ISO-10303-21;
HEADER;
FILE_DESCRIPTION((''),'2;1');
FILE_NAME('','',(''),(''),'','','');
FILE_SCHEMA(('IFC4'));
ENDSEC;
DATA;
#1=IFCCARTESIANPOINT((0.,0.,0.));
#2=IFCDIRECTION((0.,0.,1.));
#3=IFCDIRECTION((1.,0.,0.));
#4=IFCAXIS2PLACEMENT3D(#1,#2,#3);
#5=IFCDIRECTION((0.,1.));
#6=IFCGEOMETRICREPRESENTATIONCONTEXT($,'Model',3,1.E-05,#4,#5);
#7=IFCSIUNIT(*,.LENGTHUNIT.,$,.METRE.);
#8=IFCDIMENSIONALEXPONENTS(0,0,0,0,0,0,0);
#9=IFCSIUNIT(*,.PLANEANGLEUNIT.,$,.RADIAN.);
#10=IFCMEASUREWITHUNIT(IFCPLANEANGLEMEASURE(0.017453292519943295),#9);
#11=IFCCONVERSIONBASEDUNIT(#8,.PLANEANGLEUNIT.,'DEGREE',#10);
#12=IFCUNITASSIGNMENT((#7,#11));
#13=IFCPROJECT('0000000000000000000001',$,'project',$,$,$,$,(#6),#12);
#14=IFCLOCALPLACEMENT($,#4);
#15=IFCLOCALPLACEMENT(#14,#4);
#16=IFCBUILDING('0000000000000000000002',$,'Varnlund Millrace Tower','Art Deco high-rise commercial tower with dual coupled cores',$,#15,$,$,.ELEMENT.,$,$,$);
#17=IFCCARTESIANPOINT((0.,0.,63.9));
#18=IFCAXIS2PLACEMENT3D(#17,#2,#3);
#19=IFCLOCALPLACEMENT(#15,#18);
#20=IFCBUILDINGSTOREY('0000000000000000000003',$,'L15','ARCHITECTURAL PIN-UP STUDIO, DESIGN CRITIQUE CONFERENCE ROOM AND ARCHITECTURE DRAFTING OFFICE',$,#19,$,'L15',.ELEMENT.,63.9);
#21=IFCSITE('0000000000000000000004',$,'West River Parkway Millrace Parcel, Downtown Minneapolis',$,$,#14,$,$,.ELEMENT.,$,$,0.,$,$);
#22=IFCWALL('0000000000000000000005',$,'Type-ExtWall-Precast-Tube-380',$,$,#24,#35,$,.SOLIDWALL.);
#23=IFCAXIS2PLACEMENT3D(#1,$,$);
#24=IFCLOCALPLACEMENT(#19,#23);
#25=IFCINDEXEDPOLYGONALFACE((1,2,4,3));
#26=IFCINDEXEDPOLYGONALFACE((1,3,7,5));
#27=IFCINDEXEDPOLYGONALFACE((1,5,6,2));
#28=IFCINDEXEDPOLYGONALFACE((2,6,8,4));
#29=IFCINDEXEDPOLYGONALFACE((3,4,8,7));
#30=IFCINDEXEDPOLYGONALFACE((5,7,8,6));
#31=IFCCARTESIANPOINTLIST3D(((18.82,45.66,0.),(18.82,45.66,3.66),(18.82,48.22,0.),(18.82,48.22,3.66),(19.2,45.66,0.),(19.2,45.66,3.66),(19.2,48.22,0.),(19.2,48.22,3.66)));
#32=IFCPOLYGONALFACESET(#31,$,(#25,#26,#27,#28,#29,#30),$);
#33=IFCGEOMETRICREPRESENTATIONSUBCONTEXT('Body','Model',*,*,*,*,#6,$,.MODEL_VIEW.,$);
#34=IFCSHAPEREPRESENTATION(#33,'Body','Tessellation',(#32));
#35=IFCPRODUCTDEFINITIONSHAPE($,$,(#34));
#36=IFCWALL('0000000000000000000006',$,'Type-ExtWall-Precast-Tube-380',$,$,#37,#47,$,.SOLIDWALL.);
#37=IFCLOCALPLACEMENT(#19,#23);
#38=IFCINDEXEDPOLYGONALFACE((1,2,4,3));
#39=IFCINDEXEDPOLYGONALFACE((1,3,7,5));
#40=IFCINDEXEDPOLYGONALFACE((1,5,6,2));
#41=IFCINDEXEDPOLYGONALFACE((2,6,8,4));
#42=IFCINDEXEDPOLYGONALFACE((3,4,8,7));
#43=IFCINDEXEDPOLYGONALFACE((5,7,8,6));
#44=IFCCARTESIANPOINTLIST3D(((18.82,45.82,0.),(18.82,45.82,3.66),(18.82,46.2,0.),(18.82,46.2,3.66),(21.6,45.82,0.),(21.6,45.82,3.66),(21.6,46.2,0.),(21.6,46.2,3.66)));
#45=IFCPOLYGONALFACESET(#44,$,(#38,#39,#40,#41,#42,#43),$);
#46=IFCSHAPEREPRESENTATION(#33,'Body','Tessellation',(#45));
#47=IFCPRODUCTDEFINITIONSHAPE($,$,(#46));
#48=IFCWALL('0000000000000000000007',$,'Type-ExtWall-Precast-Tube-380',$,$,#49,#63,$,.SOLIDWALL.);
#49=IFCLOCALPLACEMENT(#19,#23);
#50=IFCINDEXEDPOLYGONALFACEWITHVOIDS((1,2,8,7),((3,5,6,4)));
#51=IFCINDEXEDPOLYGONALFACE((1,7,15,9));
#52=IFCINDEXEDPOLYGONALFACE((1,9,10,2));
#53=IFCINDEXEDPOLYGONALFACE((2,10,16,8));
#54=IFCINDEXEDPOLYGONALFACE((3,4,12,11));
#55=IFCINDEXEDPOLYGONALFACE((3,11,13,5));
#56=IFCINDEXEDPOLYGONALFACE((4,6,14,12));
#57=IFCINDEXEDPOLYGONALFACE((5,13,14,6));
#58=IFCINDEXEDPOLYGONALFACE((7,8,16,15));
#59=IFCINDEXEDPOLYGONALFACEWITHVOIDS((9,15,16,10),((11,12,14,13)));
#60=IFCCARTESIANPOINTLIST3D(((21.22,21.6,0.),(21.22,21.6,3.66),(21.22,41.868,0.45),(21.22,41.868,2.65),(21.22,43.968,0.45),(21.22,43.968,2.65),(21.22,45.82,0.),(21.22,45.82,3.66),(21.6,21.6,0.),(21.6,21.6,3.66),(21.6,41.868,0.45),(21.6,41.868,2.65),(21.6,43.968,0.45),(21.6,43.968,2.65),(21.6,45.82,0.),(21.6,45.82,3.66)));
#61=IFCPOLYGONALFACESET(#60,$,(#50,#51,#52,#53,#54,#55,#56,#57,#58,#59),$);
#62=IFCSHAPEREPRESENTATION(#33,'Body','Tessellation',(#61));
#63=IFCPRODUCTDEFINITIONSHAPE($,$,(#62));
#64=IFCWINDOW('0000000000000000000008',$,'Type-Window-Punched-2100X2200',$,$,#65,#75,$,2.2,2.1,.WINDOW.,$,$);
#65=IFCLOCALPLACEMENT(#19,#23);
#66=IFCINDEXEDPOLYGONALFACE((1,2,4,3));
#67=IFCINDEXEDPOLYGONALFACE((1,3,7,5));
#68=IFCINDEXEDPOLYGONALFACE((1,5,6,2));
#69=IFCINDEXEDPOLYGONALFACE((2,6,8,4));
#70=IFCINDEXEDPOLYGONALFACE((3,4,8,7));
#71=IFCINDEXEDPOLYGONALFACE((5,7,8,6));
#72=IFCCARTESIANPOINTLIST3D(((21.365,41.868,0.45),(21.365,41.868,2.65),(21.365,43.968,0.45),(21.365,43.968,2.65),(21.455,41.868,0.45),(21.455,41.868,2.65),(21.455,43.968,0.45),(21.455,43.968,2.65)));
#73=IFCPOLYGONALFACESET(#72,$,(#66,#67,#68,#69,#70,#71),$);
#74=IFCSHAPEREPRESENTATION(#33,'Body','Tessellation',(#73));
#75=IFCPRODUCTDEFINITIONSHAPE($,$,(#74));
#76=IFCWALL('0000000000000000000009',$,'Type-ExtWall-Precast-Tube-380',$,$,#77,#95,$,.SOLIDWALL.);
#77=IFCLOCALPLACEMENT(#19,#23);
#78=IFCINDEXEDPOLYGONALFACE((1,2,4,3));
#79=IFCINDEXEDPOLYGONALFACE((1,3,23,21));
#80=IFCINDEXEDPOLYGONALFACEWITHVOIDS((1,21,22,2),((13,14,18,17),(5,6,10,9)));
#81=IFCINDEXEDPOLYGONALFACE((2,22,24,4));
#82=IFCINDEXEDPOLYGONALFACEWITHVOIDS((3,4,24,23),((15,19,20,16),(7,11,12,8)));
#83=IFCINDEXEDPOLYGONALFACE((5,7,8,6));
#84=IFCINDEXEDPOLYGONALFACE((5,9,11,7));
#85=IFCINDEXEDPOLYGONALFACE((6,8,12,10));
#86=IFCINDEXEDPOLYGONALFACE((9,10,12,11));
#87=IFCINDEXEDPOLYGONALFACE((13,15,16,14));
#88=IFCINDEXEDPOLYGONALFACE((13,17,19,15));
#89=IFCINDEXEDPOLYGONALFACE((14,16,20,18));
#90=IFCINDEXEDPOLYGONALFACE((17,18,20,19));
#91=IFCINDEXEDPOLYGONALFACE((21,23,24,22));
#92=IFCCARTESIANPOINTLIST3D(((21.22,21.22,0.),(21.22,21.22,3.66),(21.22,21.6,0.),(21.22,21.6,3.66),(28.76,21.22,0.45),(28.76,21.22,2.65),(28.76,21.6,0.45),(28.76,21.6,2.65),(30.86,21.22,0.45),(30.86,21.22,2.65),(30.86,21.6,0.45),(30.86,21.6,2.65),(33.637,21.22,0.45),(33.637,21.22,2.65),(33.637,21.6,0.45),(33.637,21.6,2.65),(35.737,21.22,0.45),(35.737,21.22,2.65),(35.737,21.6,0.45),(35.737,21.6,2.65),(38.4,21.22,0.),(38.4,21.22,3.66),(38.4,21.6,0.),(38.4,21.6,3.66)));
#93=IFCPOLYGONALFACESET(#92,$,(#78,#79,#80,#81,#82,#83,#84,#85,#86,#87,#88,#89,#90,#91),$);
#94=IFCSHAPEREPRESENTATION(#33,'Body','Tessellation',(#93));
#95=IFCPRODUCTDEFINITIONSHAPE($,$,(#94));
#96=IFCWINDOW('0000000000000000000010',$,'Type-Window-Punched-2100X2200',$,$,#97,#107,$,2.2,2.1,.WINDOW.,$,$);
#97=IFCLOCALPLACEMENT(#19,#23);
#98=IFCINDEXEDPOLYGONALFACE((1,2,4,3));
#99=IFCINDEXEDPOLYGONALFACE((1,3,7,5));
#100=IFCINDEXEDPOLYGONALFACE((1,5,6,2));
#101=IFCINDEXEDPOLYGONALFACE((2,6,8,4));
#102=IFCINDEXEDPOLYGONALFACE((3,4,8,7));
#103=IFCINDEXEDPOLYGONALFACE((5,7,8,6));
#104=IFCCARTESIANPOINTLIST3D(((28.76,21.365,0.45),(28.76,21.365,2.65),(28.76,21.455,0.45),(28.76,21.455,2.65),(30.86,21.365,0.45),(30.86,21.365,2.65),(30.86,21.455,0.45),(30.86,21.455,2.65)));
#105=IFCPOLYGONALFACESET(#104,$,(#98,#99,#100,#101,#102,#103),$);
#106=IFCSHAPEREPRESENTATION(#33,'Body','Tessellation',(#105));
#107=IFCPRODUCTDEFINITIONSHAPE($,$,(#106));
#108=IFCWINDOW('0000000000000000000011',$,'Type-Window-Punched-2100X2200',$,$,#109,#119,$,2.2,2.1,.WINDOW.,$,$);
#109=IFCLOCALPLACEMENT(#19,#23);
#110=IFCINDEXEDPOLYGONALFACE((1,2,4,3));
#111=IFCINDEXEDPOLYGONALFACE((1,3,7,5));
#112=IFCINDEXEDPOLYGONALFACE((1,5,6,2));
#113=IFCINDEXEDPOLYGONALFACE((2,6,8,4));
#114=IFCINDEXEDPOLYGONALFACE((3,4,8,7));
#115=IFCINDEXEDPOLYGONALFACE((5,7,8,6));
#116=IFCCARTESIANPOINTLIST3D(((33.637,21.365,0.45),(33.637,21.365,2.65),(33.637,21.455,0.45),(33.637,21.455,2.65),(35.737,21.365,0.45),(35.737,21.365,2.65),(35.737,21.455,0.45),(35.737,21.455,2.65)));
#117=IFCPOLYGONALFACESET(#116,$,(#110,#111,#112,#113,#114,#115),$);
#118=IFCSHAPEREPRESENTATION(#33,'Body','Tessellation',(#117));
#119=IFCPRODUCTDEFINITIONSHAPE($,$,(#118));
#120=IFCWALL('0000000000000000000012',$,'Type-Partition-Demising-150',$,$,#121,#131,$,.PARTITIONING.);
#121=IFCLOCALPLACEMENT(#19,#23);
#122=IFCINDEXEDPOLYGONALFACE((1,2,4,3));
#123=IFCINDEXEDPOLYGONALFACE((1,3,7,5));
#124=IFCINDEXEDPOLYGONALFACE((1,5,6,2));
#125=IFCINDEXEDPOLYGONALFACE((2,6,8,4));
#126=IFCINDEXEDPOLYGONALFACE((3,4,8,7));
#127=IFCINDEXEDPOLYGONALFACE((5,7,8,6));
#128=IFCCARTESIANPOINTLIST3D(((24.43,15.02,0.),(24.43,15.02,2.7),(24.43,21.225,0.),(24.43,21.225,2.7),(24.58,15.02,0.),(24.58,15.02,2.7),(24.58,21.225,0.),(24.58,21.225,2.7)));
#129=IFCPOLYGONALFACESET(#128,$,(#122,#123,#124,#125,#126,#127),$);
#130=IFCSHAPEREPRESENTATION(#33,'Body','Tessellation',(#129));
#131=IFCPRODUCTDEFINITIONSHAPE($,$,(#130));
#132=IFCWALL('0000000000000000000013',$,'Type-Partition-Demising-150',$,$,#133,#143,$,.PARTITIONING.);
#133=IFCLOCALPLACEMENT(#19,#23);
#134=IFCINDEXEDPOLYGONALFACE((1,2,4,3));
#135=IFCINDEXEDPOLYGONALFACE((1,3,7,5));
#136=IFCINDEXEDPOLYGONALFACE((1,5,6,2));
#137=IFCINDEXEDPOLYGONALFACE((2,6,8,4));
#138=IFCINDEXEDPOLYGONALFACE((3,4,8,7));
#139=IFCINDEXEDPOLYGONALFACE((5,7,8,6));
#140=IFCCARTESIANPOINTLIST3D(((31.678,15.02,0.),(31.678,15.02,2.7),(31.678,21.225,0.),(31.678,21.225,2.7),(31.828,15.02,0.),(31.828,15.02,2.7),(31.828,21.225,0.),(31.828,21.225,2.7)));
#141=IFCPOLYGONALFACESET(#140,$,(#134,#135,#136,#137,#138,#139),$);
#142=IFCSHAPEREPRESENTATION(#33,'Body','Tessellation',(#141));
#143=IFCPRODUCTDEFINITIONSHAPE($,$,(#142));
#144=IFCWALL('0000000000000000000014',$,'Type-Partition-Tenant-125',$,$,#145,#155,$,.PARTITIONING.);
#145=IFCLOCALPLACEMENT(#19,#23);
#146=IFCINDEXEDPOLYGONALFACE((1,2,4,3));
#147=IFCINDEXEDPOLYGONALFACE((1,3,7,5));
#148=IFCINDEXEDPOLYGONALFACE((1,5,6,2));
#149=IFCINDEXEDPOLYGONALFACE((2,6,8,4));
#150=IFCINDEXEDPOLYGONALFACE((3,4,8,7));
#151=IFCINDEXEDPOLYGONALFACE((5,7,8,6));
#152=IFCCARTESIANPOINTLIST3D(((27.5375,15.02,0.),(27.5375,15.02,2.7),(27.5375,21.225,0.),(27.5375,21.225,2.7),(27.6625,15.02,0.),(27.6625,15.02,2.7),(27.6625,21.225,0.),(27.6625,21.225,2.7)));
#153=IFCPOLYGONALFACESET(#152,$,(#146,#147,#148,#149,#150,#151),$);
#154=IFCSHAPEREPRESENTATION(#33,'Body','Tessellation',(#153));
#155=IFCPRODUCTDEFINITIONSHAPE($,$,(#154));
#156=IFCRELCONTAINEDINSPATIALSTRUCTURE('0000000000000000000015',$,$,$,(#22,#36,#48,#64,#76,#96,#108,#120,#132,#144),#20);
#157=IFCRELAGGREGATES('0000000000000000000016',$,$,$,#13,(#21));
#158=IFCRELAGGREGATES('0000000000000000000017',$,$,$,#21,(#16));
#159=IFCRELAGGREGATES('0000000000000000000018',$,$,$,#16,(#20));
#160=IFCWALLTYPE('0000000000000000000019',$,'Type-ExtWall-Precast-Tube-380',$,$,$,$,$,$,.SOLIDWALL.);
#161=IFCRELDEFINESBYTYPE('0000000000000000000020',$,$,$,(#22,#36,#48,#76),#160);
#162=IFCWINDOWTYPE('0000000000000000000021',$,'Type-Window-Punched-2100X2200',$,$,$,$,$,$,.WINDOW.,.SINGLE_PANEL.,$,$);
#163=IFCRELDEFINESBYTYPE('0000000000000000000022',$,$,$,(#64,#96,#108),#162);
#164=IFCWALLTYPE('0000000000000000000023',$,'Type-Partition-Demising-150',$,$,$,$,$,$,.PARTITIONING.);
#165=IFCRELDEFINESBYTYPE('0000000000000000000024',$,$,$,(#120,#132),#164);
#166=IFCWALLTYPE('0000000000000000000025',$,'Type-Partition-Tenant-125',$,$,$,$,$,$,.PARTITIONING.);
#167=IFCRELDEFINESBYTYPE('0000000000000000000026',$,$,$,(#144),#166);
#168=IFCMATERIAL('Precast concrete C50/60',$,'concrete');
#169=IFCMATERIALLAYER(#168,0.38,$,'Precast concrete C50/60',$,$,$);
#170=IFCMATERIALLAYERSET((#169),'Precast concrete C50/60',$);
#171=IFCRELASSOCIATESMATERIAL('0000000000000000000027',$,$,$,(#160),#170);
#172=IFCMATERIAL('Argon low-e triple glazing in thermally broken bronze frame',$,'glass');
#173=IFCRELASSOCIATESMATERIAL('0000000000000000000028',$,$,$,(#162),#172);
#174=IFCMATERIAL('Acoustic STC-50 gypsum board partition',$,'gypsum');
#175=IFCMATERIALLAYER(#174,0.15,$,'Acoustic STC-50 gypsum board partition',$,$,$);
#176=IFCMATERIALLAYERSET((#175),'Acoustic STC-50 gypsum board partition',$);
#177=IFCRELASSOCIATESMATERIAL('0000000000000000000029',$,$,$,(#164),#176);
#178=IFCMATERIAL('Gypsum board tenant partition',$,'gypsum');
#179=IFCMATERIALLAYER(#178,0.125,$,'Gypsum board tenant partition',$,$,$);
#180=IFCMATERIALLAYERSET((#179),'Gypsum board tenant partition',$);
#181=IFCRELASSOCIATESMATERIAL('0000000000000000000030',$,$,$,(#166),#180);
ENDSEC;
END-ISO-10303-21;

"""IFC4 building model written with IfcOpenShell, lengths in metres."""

from ifc_helpers import new_model, entity, si_unit, converted_unit, direction, frame, origin_with_axes, origin_2d_with_axis, place, context, subcontext, project, spatial, polyline, rectangle, outline, extrude, material, layer, layer_set, type_object, element, fill, save


model = new_model("IFC4")

# Units and contexts
model_context = context("Model", 3, precision=1e-05, world=origin_with_axes(), true_north=direction((0.0, 1.0)))
body_context = subcontext(model_context, "Body", "Model", "MODEL_VIEW")
ifc_project = project(units=[si_unit("LENGTHUNIT", "METRE"), converted_unit("PLANEANGLEUNIT", "DEGREE", entity("IfcPlaneAngleMeasure", 0.017453292519943295), si_unit("PLANEANGLEUNIT", "RADIAN"), dimensions=[0, 0, 0, 0, 0, 0, 0])], contexts=[model_context])

# Site, building, storey
site_placement = place(None, origin_with_axes())
site = spatial("IfcSite", under=ifc_project, at=site_placement, Name="West River Parkway Millrace Parcel, Downtown Minneapolis", CompositionType="ELEMENT", RefElevation=0.0)
building_placement = place(site_placement, origin_with_axes())
building = spatial("IfcBuilding", under=site, at=building_placement, Name="Varnlund Millrace Tower", Description="Art Deco high-rise commercial tower with dual coupled cores", CompositionType="ELEMENT")
storey_placement = place(building_placement, frame((0.0, 0.0, 63.9), z_axis=(0.0, 0.0, 1.0), x_axis=(1.0, 0.0, 0.0)))
storey = spatial("IfcBuildingStorey", under=building, at=storey_placement, Name="L15", Description="ARCHITECTURAL PIN-UP STUDIO, DESIGN CRITIQUE CONFERENCE ROOM AND ARCHITECTURE DRAFTING OFFICE", LongName="L15", CompositionType="ELEMENT", Elevation=63.9)

# Shared definitions
ifc_material_1 = material(Name="Precast concrete C50/60", Category="concrete")
ifc_layer_1 = layer(ifc_material_1, 0.38, Name="Precast concrete C50/60")
ifc_layer_set_1 = layer_set([ifc_layer_1], Name="Precast concrete C50/60")
wall_type_1 = type_object("IfcWallType", Name="Type-ExtWall-Precast-Tube-380", PredefinedType="SOLIDWALL", material=ifc_layer_set_1)

# Shared definitions
ifc_material_2 = material(Name="Argon low-e triple glazing in thermally broken bronze frame", Category="glass")
window_type = type_object("IfcWindowType", Name="Type-Window-Punched-2100X2200", PartitioningType="SINGLE_PANEL", PredefinedType="WINDOW", material=ifc_material_2)

# Walls
wall_1_placement = place(storey_placement, frame((19.01, 48.22, 0.0), z_axis=(0.0, 0.0, 1.0), x_axis=(0.0, -1.0, 0.0)))
element("IfcWall", 1, at=wall_1_placement, inside=storey, type_object=wall_type_1, Name="Type-ExtWall-Precast-Tube-380", PredefinedType="SOLIDWALL", context=body_context, shape_type="SweptSolid", body=[
    extrude(outline(polyline([(0.0, -0.19), (2.56, -0.19), (2.56, 0.19), (0.0, 0.19), (0.0, -0.19)])), origin_with_axes(), (0.0, 0.0, 1.0), 3.66),
])
wall_2_placement = place(storey_placement, frame((18.82, 46.01, 0.0), z_axis=(0.0, 0.0, 1.0), x_axis=(1.0, 0.0, 0.0)))
element("IfcWall", 2, at=wall_2_placement, inside=storey, type_object=wall_type_1, Name="Type-ExtWall-Precast-Tube-380", PredefinedType="SOLIDWALL", context=body_context, shape_type="SweptSolid", body=[
    extrude(outline(polyline([(0.0, -0.19), (2.78, -0.19), (2.78, 0.19), (0.0, 0.19), (0.0, -0.19)])), origin_with_axes(), (0.0, 0.0, 1.0), 3.66),
])

# Wall, opening, window
wall_3_placement = place(storey_placement, frame((21.41, 45.82, 0.0), z_axis=(0.0, 0.0, 1.0), x_axis=(0.0, -1.0, 0.0)))
wall_3 = element("IfcWall", 3, at=wall_3_placement, inside=storey, type_object=wall_type_1, Name="Type-ExtWall-Precast-Tube-380", PredefinedType="SOLIDWALL", context=body_context, shape_type="SweptSolid", body=[
    extrude(outline(polyline([(0.0, -0.19), (24.22, -0.19), (24.22, 0.19), (0.0, 0.19), (0.0, -0.19)])), origin_with_axes(), (0.0, 0.0, 1.0), 3.66),
])
opening_1_placement = place(wall_3_placement, frame((2.902, 0.0, 0.45), z_axis=(0.0, 0.0, 1.0), x_axis=(1.0, 0.0, 0.0)))
opening_1 = element("IfcOpeningElement", 4, at=opening_1_placement, cuts=wall_3, PredefinedType="OPENING", context=body_context, shape_type="SweptSolid", body=[
    extrude(rectangle(XDim=2.1, YDim=0.4, at=origin_2d_with_axis()), origin_with_axes(), (0.0, 0.0, 1.0), 2.2),
])
window_1_placement = place(wall_3_placement, frame((2.902, 0.0, 0.45), z_axis=(0.0, 0.0, 1.0), x_axis=(1.0, 0.0, 0.0)))
window_1 = element("IfcWindow", 5, at=window_1_placement, inside=storey, type_object=window_type, Name="Type-Window-Punched-2100X2200", OverallHeight=2.2, OverallWidth=2.1, PredefinedType="WINDOW", context=body_context, shape_type="SweptSolid", body=[
    extrude(rectangle(XDim=2.1, YDim=0.09, at=origin_2d_with_axis()), origin_with_axes(), (0.0, 0.0, 1.0), 2.2),
])
fill(opening_1, window_1)

# Wall, openings, windows
wall_4_placement = place(storey_placement, frame((21.22, 21.41, 0.0), z_axis=(0.0, 0.0, 1.0), x_axis=(1.0, 0.0, 0.0)))
wall_4 = element("IfcWall", 6, at=wall_4_placement, inside=storey, type_object=wall_type_1, Name="Type-ExtWall-Precast-Tube-380", PredefinedType="SOLIDWALL", context=body_context, shape_type="SweptSolid", body=[
    extrude(outline(polyline([(0.0, -0.19), (17.18, -0.19), (17.18, 0.19), (0.0, 0.19), (0.0, -0.19)])), origin_with_axes(), (0.0, 0.0, 1.0), 3.66),
])
opening_2_placement = place(wall_4_placement, frame((8.59, 0.0, 0.45), z_axis=(0.0, 0.0, 1.0), x_axis=(1.0, 0.0, 0.0)))
opening_2 = element("IfcOpeningElement", 7, at=opening_2_placement, cuts=wall_4, PredefinedType="OPENING", context=body_context, shape_type="SweptSolid", body=[
    extrude(rectangle(XDim=2.1, YDim=0.4, at=origin_2d_with_axis()), origin_with_axes(), (0.0, 0.0, 1.0), 2.2),
])
opening_3_placement = place(wall_4_placement, frame((13.467, 0.0, 0.45), z_axis=(0.0, 0.0, 1.0), x_axis=(1.0, 0.0, 0.0)))
opening_3 = element("IfcOpeningElement", 8, at=opening_3_placement, cuts=wall_4, PredefinedType="OPENING", context=body_context, shape_type="SweptSolid", body=[
    extrude(rectangle(XDim=2.1, YDim=0.4, at=origin_2d_with_axis()), origin_with_axes(), (0.0, 0.0, 1.0), 2.2),
])
window_2_placement = place(wall_4_placement, frame((8.59, 0.0, 0.45), z_axis=(0.0, 0.0, 1.0), x_axis=(1.0, 0.0, 0.0)))
window_2 = element("IfcWindow", 9, at=window_2_placement, inside=storey, type_object=window_type, Name="Type-Window-Punched-2100X2200", OverallHeight=2.2, OverallWidth=2.1, PredefinedType="WINDOW", context=body_context, shape_type="SweptSolid", body=[
    extrude(rectangle(XDim=2.1, YDim=0.09, at=origin_2d_with_axis()), origin_with_axes(), (0.0, 0.0, 1.0), 2.2),
])
fill(opening_2, window_2)
window_3_placement = place(wall_4_placement, frame((13.467, 0.0, 0.45), z_axis=(0.0, 0.0, 1.0), x_axis=(1.0, 0.0, 0.0)))
window_3 = element("IfcWindow", 10, at=window_3_placement, inside=storey, type_object=window_type, Name="Type-Window-Punched-2100X2200", OverallHeight=2.2, OverallWidth=2.1, PredefinedType="WINDOW", context=body_context, shape_type="SweptSolid", body=[
    extrude(rectangle(XDim=2.1, YDim=0.09, at=origin_2d_with_axis()), origin_with_axes(), (0.0, 0.0, 1.0), 2.2),
])
fill(opening_3, window_3)

# Walls
ifc_material_3 = material(Name="Acoustic STC-50 gypsum board partition", Category="gypsum")
ifc_layer_2 = layer(ifc_material_3, 0.15, Name="Acoustic STC-50 gypsum board partition")
ifc_layer_set_2 = layer_set([ifc_layer_2], Name="Acoustic STC-50 gypsum board partition")
wall_type_2 = type_object("IfcWallType", Name="Type-Partition-Demising-150", PredefinedType="PARTITIONING", material=ifc_layer_set_2)
for number, where, z_axis, x_axis, name in (
    (11, (24.505, 15.02, 0.0), (0.0, 0.0, 1.0), (0.0, 1.0, 0.0), "Type-Partition-Demising-150"),
    (12, (31.753, 15.02, 0.0), (0.0, 0.0, 1.0), (0.0, 1.0, 0.0), "Type-Partition-Demising-150"),
):
    element("IfcWall", number, at=place(storey_placement, frame(where, z_axis=z_axis, x_axis=x_axis)), inside=storey, type_object=wall_type_2, Name=name, PredefinedType="PARTITIONING", context=body_context, shape_type="SweptSolid", body=[
        extrude(outline(polyline([(0.0, -0.075), (6.205, -0.075), (6.205, 0.075), (0.0, 0.075), (0.0, -0.075)])), origin_with_axes(), (0.0, 0.0, 1.0), 2.7),
    ])
ifc_material_4 = material(Name="Gypsum board tenant partition", Category="gypsum")
ifc_layer_3 = layer(ifc_material_4, 0.125, Name="Gypsum board tenant partition")
ifc_layer_set_3 = layer_set([ifc_layer_3], Name="Gypsum board tenant partition")
wall_type_3 = type_object("IfcWallType", Name="Type-Partition-Tenant-125", PredefinedType="PARTITIONING", material=ifc_layer_set_3)
wall_5_placement = place(storey_placement, frame((27.6, 15.02, 0.0), z_axis=(0.0, 0.0, 1.0), x_axis=(0.0, 1.0, 0.0)))
element("IfcWall", 13, at=wall_5_placement, inside=storey, type_object=wall_type_3, Name="Type-Partition-Tenant-125", PredefinedType="PARTITIONING", context=body_context, shape_type="SweptSolid", body=[
    extrude(outline(polyline([(0.0, -0.0625), (6.205, -0.0625), (6.205, 0.0625), (0.0, 0.0625), (0.0, -0.0625)])), origin_with_axes(), (0.0, 0.0, 1.0), 2.7),
])

save(model, "model.ifc")
